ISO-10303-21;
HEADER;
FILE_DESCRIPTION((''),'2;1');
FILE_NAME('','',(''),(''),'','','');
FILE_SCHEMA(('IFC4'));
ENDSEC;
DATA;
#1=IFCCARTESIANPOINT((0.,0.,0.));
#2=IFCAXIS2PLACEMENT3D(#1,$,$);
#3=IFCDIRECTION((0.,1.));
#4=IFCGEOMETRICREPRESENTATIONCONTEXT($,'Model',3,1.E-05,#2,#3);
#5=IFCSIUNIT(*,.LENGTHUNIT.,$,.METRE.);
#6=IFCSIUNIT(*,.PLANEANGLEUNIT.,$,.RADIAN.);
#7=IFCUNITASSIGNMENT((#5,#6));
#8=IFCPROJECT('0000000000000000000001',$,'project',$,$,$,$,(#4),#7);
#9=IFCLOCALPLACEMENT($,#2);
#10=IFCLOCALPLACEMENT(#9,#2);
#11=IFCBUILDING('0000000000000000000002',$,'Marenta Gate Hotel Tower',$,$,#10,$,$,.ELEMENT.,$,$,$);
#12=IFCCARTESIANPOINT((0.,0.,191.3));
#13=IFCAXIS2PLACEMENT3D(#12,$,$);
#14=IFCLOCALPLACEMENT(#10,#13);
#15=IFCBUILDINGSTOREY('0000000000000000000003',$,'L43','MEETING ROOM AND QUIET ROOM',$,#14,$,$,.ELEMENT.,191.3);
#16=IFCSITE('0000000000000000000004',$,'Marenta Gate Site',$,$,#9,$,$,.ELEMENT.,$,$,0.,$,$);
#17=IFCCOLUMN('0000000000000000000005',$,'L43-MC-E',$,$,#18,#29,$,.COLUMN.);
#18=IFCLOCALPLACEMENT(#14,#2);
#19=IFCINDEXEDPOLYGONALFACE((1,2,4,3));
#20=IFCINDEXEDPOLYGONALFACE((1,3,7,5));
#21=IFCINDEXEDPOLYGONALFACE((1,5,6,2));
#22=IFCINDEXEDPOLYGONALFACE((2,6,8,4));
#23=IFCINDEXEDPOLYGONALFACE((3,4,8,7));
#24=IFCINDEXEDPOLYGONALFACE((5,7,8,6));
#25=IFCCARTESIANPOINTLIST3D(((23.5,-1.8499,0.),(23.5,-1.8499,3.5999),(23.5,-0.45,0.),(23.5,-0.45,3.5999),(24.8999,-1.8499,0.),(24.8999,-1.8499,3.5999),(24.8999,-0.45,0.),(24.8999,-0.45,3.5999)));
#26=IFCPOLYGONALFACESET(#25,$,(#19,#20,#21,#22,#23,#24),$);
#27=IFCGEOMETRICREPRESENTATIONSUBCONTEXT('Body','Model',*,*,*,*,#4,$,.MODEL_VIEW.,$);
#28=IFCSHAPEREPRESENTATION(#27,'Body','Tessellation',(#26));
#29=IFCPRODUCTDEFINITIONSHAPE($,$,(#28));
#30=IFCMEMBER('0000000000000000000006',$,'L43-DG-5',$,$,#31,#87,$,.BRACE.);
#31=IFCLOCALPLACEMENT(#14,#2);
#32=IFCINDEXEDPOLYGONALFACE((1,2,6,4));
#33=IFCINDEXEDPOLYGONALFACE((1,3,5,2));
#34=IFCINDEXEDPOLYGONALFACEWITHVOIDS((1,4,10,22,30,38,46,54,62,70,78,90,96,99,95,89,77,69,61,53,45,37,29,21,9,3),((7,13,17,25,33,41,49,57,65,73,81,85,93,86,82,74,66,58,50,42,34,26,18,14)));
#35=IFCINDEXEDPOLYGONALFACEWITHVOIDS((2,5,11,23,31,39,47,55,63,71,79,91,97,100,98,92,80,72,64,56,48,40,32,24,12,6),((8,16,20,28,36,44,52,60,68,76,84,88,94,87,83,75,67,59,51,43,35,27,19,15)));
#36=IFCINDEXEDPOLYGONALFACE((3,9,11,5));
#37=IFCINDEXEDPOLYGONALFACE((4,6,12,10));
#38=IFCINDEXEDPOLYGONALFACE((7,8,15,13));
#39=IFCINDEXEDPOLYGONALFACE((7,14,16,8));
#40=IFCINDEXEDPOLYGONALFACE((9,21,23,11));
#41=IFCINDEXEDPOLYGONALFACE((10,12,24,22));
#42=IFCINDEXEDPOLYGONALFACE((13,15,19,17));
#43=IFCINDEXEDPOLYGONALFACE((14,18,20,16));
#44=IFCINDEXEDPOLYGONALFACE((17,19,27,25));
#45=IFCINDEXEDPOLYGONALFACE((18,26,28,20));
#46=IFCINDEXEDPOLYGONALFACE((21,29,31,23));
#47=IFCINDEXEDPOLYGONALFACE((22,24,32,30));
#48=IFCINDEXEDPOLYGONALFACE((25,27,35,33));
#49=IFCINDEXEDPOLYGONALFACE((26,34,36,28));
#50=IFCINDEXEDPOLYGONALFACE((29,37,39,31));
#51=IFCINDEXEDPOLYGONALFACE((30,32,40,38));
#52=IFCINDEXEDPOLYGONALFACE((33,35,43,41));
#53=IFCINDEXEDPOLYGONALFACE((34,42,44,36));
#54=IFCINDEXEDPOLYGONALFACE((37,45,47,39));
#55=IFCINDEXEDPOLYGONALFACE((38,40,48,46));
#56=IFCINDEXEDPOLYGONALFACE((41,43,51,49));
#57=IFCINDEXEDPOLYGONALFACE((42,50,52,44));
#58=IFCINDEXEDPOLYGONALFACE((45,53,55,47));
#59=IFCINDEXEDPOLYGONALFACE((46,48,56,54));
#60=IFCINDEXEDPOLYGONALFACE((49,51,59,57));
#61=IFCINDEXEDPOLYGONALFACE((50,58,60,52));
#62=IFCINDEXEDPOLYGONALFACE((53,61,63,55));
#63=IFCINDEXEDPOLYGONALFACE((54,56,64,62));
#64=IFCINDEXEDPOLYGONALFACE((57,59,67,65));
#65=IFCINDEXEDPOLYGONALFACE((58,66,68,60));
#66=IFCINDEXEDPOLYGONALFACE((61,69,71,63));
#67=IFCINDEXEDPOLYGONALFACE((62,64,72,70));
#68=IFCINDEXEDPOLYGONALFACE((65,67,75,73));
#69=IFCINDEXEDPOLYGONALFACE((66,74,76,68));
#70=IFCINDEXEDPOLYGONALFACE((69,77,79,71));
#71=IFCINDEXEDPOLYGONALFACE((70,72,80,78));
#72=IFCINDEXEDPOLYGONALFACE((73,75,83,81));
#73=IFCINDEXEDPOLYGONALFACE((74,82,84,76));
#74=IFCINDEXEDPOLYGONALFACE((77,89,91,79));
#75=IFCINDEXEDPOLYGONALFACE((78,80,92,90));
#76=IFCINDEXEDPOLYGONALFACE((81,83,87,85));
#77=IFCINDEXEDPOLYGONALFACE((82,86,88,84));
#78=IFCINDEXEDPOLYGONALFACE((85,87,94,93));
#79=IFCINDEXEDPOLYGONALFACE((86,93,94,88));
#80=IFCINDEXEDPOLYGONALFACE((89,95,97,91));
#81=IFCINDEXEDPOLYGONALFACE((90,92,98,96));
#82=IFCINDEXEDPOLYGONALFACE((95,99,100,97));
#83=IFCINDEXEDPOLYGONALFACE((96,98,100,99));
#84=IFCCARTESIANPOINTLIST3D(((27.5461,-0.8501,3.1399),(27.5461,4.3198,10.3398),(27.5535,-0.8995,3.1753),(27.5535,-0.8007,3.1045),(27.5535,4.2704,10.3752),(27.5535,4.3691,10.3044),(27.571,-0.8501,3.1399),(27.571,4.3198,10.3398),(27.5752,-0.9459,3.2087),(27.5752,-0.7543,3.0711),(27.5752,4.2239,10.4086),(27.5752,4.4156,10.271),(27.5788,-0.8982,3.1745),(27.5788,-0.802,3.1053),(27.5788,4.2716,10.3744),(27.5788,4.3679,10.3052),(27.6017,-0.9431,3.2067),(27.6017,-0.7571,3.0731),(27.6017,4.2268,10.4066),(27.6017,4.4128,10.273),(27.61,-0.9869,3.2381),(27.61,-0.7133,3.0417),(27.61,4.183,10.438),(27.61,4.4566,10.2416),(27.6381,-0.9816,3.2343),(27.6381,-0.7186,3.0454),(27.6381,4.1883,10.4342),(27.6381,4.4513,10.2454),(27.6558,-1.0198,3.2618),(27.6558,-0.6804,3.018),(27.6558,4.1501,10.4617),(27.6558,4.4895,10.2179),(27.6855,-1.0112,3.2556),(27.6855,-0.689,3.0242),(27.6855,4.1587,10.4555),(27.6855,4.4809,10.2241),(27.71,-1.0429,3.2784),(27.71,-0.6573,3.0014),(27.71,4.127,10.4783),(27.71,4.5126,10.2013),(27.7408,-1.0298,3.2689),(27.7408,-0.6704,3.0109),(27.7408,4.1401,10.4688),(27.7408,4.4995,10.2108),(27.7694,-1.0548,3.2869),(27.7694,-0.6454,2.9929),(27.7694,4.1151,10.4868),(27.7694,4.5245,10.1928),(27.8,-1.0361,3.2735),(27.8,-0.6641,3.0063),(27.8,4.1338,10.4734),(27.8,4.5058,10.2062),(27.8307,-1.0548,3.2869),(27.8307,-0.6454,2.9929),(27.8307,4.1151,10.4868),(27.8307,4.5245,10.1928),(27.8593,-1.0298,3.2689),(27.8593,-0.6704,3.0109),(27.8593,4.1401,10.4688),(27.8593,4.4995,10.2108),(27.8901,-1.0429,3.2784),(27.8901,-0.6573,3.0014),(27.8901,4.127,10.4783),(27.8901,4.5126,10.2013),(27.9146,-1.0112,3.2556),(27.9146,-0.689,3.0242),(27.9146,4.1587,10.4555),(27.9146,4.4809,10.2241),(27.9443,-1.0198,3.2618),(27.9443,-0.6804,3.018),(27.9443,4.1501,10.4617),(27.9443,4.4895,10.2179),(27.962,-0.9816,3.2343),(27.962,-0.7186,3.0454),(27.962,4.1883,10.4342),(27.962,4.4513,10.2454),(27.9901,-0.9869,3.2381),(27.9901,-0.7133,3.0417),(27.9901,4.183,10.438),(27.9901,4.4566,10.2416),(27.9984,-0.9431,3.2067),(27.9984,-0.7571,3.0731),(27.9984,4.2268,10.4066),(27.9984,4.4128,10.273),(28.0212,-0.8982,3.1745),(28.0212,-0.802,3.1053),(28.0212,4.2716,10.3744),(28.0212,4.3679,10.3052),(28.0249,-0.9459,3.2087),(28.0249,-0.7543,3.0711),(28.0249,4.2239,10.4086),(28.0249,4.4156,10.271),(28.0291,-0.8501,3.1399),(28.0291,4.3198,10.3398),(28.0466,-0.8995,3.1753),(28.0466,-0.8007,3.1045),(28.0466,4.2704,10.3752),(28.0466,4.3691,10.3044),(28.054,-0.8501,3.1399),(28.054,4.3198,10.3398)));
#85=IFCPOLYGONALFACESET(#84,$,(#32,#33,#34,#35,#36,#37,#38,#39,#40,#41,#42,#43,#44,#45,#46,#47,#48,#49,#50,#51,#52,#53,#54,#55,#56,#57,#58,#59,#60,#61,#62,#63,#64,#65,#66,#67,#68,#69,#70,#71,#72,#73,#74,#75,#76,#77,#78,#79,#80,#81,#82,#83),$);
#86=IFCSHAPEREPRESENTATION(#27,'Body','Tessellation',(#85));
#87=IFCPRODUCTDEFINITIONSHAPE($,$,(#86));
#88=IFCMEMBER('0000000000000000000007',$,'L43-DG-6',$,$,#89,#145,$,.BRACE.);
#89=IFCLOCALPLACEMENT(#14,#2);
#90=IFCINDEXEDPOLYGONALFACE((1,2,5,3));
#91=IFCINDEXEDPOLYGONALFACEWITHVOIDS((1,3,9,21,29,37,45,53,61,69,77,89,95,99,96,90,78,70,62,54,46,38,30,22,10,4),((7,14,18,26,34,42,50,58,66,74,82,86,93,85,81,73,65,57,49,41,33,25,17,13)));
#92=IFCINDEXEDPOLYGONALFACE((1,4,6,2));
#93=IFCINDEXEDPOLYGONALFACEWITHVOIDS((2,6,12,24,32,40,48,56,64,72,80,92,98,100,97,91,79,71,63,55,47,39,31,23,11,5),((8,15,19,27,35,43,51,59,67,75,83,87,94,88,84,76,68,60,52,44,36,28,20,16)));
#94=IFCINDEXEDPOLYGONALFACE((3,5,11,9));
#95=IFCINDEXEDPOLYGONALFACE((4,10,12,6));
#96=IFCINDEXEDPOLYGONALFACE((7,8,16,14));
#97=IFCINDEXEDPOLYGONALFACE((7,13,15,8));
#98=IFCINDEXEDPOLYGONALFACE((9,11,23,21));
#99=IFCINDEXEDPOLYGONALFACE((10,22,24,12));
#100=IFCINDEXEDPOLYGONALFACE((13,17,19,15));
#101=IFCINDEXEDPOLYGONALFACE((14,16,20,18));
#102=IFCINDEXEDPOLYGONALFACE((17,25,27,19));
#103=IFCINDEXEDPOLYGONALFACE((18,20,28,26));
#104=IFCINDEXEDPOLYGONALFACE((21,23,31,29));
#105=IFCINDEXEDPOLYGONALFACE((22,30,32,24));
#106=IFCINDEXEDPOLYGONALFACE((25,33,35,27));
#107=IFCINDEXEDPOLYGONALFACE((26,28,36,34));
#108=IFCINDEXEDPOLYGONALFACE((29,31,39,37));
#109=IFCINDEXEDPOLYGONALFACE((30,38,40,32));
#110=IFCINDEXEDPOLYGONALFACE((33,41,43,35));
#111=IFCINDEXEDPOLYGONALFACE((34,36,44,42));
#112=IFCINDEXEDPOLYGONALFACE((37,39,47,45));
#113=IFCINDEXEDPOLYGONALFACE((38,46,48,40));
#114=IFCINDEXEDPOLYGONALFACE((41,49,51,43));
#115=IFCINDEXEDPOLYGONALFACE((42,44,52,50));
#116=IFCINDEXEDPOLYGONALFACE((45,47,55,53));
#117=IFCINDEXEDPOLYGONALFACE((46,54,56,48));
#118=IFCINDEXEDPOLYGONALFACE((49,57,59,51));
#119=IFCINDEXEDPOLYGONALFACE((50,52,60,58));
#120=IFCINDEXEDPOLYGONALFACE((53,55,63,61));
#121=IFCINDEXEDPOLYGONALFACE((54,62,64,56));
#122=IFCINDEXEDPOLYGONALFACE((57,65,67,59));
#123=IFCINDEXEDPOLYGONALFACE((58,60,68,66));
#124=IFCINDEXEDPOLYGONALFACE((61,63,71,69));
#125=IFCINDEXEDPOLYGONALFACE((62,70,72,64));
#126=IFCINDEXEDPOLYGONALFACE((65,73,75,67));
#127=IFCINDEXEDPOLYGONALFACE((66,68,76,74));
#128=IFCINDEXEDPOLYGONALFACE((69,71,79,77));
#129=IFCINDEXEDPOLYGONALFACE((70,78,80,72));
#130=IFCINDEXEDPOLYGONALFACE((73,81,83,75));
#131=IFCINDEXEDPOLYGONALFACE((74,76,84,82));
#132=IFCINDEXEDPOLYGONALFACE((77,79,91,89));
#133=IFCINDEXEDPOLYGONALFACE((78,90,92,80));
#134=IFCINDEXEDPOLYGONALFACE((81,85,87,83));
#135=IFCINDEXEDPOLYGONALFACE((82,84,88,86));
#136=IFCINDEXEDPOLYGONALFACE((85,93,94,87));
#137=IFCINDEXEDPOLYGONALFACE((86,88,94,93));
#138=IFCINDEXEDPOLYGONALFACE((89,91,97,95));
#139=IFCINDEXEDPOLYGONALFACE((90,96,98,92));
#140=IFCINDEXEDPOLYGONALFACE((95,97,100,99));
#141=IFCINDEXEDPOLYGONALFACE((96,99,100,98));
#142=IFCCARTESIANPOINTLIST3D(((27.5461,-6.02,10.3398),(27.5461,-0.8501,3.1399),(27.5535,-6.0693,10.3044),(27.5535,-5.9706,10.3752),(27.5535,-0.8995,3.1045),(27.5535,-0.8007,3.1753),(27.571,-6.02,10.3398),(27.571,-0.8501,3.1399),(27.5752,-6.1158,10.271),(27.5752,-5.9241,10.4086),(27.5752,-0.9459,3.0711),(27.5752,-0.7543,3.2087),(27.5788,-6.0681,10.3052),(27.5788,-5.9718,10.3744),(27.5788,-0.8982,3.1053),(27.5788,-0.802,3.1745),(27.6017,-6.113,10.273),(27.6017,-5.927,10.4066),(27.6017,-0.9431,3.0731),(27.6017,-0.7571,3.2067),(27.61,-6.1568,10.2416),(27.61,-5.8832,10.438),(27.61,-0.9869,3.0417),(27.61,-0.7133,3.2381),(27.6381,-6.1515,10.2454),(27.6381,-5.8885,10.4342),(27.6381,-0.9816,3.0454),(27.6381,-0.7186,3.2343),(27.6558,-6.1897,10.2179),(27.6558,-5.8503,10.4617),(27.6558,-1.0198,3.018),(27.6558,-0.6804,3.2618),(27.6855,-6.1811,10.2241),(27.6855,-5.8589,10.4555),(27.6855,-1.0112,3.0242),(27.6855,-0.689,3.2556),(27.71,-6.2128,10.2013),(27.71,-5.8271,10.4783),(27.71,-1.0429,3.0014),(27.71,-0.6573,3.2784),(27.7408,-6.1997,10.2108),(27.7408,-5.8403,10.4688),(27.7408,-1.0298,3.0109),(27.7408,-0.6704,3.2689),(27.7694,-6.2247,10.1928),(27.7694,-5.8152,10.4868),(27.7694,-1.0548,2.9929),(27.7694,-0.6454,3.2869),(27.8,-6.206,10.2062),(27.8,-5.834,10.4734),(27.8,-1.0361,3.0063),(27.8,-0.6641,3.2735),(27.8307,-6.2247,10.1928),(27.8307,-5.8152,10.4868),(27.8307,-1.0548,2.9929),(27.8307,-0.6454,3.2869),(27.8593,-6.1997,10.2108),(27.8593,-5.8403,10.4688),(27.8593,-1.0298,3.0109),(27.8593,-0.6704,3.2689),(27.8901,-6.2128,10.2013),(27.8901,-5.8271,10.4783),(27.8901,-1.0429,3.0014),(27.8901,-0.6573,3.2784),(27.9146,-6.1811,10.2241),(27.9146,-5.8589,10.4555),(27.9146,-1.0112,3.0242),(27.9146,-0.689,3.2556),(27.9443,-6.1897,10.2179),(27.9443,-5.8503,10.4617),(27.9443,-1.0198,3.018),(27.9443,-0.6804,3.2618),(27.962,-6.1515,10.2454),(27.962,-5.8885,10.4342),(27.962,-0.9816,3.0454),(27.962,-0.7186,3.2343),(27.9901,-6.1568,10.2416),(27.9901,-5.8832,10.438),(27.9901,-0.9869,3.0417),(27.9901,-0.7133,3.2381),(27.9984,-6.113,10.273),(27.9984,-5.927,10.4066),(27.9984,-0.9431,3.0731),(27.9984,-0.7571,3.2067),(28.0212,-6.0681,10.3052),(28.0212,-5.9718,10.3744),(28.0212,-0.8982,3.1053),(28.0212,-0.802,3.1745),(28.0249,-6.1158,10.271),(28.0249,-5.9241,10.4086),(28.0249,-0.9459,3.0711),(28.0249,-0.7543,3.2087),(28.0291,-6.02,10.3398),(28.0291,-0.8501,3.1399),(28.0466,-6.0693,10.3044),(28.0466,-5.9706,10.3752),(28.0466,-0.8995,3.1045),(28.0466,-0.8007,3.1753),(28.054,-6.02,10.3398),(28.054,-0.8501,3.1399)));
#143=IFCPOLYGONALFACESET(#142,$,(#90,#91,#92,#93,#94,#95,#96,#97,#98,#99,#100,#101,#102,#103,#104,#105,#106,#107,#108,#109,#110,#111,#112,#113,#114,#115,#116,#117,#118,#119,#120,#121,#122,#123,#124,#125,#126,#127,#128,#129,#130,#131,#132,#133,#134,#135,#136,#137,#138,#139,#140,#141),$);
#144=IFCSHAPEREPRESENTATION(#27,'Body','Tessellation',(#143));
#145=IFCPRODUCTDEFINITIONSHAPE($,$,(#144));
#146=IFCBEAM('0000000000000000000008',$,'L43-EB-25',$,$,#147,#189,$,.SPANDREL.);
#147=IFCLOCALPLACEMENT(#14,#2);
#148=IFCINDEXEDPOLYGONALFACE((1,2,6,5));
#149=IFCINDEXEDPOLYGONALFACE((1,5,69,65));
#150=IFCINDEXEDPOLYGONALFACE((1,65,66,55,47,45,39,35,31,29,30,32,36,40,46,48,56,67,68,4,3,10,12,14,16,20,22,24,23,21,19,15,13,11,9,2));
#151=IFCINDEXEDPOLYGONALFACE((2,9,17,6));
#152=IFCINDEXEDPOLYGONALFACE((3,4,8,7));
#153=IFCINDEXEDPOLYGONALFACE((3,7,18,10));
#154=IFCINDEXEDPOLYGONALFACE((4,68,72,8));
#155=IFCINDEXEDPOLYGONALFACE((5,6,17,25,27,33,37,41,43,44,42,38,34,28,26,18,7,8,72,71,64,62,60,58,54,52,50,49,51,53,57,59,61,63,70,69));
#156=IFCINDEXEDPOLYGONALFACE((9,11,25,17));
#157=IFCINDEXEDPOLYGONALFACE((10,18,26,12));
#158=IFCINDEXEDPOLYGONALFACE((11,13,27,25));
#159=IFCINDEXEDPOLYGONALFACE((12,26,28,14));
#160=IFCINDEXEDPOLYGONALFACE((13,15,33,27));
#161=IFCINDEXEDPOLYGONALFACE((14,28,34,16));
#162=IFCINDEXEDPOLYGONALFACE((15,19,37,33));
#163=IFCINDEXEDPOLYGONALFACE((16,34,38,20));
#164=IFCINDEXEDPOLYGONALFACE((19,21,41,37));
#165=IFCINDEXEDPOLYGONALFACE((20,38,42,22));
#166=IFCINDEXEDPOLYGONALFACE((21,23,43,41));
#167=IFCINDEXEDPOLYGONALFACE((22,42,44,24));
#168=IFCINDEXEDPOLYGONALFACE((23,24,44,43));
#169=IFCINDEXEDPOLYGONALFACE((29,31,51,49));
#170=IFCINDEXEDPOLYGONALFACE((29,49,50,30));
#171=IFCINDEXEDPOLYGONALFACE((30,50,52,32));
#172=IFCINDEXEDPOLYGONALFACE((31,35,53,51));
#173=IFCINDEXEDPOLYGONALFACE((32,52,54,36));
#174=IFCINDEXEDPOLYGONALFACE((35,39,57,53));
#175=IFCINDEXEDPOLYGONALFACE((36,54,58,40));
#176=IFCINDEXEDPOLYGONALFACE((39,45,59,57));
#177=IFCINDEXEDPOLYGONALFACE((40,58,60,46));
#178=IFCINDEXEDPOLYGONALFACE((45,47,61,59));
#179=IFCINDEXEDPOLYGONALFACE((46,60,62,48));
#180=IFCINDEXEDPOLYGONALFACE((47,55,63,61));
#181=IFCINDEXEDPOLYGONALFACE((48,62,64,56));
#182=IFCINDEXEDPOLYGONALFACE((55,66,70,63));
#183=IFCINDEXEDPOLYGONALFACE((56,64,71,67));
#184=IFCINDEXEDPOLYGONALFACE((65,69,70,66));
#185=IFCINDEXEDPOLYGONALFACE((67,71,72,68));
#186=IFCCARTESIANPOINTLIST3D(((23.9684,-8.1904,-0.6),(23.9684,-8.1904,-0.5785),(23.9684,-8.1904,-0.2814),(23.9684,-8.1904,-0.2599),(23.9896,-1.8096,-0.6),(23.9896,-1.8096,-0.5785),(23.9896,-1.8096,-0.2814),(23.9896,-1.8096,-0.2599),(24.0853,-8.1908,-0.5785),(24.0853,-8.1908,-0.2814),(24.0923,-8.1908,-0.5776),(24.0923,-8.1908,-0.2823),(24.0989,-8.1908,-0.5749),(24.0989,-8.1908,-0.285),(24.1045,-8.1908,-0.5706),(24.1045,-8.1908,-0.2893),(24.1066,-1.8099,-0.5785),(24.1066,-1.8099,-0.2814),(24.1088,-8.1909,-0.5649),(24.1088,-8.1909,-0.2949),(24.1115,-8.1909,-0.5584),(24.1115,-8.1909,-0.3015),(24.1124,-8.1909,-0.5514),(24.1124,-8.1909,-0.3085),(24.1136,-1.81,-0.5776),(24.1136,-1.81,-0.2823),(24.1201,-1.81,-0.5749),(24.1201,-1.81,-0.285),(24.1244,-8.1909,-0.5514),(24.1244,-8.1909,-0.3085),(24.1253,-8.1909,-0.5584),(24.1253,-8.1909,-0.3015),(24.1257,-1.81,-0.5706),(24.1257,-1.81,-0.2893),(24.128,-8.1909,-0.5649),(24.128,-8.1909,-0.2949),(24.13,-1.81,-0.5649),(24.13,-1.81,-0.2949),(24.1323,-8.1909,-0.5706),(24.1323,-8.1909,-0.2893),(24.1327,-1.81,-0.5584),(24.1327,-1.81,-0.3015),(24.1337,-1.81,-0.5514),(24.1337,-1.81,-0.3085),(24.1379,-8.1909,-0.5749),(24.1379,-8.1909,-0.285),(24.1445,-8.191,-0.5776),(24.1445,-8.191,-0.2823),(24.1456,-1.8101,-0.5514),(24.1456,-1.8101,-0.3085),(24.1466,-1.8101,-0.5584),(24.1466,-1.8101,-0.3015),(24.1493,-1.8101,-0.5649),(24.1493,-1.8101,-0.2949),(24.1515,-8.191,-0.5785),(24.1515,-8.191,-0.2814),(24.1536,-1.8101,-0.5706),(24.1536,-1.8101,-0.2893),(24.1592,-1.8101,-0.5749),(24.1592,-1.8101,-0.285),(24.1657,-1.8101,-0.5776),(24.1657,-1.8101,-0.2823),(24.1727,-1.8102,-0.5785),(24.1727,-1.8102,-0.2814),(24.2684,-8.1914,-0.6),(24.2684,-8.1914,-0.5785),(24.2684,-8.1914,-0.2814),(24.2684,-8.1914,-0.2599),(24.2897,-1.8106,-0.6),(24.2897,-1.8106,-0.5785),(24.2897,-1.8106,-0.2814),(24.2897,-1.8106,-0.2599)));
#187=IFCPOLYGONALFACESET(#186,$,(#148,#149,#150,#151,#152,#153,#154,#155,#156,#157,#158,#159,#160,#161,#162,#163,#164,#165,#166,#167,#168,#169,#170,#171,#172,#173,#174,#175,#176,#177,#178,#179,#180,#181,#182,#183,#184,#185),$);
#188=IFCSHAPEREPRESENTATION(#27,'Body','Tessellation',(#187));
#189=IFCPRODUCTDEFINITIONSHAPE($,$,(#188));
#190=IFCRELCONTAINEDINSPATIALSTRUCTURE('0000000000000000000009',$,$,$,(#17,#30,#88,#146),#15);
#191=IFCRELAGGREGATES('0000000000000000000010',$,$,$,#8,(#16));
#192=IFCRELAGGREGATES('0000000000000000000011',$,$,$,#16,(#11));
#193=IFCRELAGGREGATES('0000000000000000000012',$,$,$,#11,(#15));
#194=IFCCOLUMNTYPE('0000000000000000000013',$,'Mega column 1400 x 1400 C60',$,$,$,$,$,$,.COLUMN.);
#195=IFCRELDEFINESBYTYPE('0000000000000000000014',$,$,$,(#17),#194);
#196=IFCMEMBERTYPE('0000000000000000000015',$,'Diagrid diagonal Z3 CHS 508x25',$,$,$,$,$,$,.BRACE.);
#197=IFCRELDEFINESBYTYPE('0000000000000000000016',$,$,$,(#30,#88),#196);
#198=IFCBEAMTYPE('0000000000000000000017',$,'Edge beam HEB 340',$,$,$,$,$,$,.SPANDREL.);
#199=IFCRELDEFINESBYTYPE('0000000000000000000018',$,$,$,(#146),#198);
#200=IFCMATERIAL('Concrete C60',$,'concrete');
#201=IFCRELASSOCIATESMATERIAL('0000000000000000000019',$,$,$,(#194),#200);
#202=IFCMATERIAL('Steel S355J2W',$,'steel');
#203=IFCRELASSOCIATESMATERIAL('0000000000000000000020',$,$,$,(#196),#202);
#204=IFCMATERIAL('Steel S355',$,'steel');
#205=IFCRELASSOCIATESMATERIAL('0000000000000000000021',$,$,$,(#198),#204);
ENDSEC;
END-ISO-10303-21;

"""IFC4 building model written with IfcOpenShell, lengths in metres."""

from ifc_helpers import new_model, si_unit, direction, frame, origin, origin_2d, place, context, subcontext, project, spatial, rectangle, hollow_circle, i_section, extrude, material, material_profile, profile_set, type_object, element, save


model = new_model("IFC4")

# Units and contexts
model_context = context("Model", 3, precision=1e-05, world=origin(), true_north=direction((0.0, 1.0)))
body_context = subcontext(model_context, "Body", "Model", "MODEL_VIEW")
ifc_project = project(units=[si_unit("LENGTHUNIT", "METRE"), si_unit("PLANEANGLEUNIT", "RADIAN")], contexts=[model_context])

# Site, building, storey
site_placement = place(None, origin())
site = spatial("IfcSite", under=ifc_project, at=site_placement, Name="Marenta Gate Site", CompositionType="ELEMENT", RefElevation=0.0)
building_placement = place(site_placement, origin())
building = spatial("IfcBuilding", under=site, at=building_placement, Name="Marenta Gate Hotel Tower", CompositionType="ELEMENT")
storey_placement = place(building_placement, frame((0.0, 0.0, 191.3)))
storey = spatial("IfcBuildingStorey", under=building, at=storey_placement, Name="L43", Description="MEETING ROOM AND QUIET ROOM", CompositionType="ELEMENT", Elevation=191.3)

# Column
ifc_material_1 = material(Name="Concrete C60", Category="concrete")
ifc_material_profile_1 = material_profile(ifc_material_1, rectangle(XDim=1.3999, YDim=1.3999, at=origin_2d()), Name="1400 x 1400")
ifc_profile_set_1 = profile_set([ifc_material_profile_1], Name="Concrete C60")
column_type = type_object("IfcColumnType", Name="Mega column 1400 x 1400 C60", PredefinedType="COLUMN", material=ifc_profile_set_1)
column_placement = place(storey_placement, frame((24.2, -1.1499, 0.0), z_axis=(0.0, 0.0, 1.0), x_axis=(1.0, 0.0, 0.0)))
element("IfcColumn", 1, at=column_placement, inside=storey, type_object=column_type, Name="L43-MC-E", PredefinedType="COLUMN", context=body_context, shape_type="SweptSolid", body=[
    extrude(rectangle(XDim=1.3999, YDim=1.3999, at=origin_2d()), origin(), (0.0, 0.0, 1.0), 3.5999),
])

# Members
ifc_material_2 = material(Name="Steel S355J2W", Category="steel")
ifc_material_profile_2 = material_profile(ifc_material_2, hollow_circle(Radius=0.2539, WallThickness=0.0249, at=origin_2d()), Name="CHS 508x25")
ifc_profile_set_2 = profile_set([ifc_material_profile_2], Name="Steel S355J2W")
member_type_1 = type_object("IfcMemberType", Name="Diagrid diagonal Z3 CHS 508x25", PredefinedType="BRACE", material=ifc_profile_set_2)
for number, where, z_axis, x_axis, name in (
    (2, (27.8, -0.8501, 3.1399), (0.0, 0.583261, 0.812285), (-1.0, 0.0, 0.0), "L43-DG-5"),
    (3, (27.8, -0.8501, 3.1399), (0.0, -0.583261, 0.812285), (1.0, 0.0, 0.0), "L43-DG-6"),
):
    element("IfcMember", number, at=place(storey_placement, frame(where, z_axis=z_axis, x_axis=x_axis)), inside=storey, type_object=member_type_1, Name=name, PredefinedType="BRACE", context=body_context, shape_type="SweptSolid", body=[
        extrude(hollow_circle(Radius=0.2539, WallThickness=0.0249, at=origin_2d()), origin(), (0.0, 0.0, 1.0), 8.8638),
    ])

# Beam
ifc_material_3 = material(Name="Steel S355", Category="steel")
ifc_material_profile_3 = material_profile(ifc_material_3, i_section(OverallWidth=0.3, OverallDepth=0.3401, WebThickness=0.012, FlangeThickness=0.0215, FilletRadius=0.0271, at=origin_2d()), Name="HEB 340")
ifc_profile_set_3 = profile_set([ifc_material_profile_3], Name="Steel S355")
beam_type = type_object("IfcBeamType", Name="Edge beam HEB 340", PredefinedType="SPANDREL", material=ifc_profile_set_3)
beam_placement = place(storey_placement, frame((24.1396, -1.8101, -0.4299), z_axis=(-0.003329, -0.999994, 0.0), x_axis=(0.999994, -0.003329, 0.0)))
element("IfcBeam", 4, at=beam_placement, inside=storey, type_object=beam_type, Name="L43-EB-25", PredefinedType="SPANDREL", context=body_context, shape_type="SweptSolid", body=[
    extrude(i_section(OverallWidth=0.3, OverallDepth=0.3401, WebThickness=0.012, FlangeThickness=0.0215, FilletRadius=0.0271, at=origin_2d()), origin(), (0.0, 0.0, 1.0), 6.3809),
])

save(model, "model.ifc")
